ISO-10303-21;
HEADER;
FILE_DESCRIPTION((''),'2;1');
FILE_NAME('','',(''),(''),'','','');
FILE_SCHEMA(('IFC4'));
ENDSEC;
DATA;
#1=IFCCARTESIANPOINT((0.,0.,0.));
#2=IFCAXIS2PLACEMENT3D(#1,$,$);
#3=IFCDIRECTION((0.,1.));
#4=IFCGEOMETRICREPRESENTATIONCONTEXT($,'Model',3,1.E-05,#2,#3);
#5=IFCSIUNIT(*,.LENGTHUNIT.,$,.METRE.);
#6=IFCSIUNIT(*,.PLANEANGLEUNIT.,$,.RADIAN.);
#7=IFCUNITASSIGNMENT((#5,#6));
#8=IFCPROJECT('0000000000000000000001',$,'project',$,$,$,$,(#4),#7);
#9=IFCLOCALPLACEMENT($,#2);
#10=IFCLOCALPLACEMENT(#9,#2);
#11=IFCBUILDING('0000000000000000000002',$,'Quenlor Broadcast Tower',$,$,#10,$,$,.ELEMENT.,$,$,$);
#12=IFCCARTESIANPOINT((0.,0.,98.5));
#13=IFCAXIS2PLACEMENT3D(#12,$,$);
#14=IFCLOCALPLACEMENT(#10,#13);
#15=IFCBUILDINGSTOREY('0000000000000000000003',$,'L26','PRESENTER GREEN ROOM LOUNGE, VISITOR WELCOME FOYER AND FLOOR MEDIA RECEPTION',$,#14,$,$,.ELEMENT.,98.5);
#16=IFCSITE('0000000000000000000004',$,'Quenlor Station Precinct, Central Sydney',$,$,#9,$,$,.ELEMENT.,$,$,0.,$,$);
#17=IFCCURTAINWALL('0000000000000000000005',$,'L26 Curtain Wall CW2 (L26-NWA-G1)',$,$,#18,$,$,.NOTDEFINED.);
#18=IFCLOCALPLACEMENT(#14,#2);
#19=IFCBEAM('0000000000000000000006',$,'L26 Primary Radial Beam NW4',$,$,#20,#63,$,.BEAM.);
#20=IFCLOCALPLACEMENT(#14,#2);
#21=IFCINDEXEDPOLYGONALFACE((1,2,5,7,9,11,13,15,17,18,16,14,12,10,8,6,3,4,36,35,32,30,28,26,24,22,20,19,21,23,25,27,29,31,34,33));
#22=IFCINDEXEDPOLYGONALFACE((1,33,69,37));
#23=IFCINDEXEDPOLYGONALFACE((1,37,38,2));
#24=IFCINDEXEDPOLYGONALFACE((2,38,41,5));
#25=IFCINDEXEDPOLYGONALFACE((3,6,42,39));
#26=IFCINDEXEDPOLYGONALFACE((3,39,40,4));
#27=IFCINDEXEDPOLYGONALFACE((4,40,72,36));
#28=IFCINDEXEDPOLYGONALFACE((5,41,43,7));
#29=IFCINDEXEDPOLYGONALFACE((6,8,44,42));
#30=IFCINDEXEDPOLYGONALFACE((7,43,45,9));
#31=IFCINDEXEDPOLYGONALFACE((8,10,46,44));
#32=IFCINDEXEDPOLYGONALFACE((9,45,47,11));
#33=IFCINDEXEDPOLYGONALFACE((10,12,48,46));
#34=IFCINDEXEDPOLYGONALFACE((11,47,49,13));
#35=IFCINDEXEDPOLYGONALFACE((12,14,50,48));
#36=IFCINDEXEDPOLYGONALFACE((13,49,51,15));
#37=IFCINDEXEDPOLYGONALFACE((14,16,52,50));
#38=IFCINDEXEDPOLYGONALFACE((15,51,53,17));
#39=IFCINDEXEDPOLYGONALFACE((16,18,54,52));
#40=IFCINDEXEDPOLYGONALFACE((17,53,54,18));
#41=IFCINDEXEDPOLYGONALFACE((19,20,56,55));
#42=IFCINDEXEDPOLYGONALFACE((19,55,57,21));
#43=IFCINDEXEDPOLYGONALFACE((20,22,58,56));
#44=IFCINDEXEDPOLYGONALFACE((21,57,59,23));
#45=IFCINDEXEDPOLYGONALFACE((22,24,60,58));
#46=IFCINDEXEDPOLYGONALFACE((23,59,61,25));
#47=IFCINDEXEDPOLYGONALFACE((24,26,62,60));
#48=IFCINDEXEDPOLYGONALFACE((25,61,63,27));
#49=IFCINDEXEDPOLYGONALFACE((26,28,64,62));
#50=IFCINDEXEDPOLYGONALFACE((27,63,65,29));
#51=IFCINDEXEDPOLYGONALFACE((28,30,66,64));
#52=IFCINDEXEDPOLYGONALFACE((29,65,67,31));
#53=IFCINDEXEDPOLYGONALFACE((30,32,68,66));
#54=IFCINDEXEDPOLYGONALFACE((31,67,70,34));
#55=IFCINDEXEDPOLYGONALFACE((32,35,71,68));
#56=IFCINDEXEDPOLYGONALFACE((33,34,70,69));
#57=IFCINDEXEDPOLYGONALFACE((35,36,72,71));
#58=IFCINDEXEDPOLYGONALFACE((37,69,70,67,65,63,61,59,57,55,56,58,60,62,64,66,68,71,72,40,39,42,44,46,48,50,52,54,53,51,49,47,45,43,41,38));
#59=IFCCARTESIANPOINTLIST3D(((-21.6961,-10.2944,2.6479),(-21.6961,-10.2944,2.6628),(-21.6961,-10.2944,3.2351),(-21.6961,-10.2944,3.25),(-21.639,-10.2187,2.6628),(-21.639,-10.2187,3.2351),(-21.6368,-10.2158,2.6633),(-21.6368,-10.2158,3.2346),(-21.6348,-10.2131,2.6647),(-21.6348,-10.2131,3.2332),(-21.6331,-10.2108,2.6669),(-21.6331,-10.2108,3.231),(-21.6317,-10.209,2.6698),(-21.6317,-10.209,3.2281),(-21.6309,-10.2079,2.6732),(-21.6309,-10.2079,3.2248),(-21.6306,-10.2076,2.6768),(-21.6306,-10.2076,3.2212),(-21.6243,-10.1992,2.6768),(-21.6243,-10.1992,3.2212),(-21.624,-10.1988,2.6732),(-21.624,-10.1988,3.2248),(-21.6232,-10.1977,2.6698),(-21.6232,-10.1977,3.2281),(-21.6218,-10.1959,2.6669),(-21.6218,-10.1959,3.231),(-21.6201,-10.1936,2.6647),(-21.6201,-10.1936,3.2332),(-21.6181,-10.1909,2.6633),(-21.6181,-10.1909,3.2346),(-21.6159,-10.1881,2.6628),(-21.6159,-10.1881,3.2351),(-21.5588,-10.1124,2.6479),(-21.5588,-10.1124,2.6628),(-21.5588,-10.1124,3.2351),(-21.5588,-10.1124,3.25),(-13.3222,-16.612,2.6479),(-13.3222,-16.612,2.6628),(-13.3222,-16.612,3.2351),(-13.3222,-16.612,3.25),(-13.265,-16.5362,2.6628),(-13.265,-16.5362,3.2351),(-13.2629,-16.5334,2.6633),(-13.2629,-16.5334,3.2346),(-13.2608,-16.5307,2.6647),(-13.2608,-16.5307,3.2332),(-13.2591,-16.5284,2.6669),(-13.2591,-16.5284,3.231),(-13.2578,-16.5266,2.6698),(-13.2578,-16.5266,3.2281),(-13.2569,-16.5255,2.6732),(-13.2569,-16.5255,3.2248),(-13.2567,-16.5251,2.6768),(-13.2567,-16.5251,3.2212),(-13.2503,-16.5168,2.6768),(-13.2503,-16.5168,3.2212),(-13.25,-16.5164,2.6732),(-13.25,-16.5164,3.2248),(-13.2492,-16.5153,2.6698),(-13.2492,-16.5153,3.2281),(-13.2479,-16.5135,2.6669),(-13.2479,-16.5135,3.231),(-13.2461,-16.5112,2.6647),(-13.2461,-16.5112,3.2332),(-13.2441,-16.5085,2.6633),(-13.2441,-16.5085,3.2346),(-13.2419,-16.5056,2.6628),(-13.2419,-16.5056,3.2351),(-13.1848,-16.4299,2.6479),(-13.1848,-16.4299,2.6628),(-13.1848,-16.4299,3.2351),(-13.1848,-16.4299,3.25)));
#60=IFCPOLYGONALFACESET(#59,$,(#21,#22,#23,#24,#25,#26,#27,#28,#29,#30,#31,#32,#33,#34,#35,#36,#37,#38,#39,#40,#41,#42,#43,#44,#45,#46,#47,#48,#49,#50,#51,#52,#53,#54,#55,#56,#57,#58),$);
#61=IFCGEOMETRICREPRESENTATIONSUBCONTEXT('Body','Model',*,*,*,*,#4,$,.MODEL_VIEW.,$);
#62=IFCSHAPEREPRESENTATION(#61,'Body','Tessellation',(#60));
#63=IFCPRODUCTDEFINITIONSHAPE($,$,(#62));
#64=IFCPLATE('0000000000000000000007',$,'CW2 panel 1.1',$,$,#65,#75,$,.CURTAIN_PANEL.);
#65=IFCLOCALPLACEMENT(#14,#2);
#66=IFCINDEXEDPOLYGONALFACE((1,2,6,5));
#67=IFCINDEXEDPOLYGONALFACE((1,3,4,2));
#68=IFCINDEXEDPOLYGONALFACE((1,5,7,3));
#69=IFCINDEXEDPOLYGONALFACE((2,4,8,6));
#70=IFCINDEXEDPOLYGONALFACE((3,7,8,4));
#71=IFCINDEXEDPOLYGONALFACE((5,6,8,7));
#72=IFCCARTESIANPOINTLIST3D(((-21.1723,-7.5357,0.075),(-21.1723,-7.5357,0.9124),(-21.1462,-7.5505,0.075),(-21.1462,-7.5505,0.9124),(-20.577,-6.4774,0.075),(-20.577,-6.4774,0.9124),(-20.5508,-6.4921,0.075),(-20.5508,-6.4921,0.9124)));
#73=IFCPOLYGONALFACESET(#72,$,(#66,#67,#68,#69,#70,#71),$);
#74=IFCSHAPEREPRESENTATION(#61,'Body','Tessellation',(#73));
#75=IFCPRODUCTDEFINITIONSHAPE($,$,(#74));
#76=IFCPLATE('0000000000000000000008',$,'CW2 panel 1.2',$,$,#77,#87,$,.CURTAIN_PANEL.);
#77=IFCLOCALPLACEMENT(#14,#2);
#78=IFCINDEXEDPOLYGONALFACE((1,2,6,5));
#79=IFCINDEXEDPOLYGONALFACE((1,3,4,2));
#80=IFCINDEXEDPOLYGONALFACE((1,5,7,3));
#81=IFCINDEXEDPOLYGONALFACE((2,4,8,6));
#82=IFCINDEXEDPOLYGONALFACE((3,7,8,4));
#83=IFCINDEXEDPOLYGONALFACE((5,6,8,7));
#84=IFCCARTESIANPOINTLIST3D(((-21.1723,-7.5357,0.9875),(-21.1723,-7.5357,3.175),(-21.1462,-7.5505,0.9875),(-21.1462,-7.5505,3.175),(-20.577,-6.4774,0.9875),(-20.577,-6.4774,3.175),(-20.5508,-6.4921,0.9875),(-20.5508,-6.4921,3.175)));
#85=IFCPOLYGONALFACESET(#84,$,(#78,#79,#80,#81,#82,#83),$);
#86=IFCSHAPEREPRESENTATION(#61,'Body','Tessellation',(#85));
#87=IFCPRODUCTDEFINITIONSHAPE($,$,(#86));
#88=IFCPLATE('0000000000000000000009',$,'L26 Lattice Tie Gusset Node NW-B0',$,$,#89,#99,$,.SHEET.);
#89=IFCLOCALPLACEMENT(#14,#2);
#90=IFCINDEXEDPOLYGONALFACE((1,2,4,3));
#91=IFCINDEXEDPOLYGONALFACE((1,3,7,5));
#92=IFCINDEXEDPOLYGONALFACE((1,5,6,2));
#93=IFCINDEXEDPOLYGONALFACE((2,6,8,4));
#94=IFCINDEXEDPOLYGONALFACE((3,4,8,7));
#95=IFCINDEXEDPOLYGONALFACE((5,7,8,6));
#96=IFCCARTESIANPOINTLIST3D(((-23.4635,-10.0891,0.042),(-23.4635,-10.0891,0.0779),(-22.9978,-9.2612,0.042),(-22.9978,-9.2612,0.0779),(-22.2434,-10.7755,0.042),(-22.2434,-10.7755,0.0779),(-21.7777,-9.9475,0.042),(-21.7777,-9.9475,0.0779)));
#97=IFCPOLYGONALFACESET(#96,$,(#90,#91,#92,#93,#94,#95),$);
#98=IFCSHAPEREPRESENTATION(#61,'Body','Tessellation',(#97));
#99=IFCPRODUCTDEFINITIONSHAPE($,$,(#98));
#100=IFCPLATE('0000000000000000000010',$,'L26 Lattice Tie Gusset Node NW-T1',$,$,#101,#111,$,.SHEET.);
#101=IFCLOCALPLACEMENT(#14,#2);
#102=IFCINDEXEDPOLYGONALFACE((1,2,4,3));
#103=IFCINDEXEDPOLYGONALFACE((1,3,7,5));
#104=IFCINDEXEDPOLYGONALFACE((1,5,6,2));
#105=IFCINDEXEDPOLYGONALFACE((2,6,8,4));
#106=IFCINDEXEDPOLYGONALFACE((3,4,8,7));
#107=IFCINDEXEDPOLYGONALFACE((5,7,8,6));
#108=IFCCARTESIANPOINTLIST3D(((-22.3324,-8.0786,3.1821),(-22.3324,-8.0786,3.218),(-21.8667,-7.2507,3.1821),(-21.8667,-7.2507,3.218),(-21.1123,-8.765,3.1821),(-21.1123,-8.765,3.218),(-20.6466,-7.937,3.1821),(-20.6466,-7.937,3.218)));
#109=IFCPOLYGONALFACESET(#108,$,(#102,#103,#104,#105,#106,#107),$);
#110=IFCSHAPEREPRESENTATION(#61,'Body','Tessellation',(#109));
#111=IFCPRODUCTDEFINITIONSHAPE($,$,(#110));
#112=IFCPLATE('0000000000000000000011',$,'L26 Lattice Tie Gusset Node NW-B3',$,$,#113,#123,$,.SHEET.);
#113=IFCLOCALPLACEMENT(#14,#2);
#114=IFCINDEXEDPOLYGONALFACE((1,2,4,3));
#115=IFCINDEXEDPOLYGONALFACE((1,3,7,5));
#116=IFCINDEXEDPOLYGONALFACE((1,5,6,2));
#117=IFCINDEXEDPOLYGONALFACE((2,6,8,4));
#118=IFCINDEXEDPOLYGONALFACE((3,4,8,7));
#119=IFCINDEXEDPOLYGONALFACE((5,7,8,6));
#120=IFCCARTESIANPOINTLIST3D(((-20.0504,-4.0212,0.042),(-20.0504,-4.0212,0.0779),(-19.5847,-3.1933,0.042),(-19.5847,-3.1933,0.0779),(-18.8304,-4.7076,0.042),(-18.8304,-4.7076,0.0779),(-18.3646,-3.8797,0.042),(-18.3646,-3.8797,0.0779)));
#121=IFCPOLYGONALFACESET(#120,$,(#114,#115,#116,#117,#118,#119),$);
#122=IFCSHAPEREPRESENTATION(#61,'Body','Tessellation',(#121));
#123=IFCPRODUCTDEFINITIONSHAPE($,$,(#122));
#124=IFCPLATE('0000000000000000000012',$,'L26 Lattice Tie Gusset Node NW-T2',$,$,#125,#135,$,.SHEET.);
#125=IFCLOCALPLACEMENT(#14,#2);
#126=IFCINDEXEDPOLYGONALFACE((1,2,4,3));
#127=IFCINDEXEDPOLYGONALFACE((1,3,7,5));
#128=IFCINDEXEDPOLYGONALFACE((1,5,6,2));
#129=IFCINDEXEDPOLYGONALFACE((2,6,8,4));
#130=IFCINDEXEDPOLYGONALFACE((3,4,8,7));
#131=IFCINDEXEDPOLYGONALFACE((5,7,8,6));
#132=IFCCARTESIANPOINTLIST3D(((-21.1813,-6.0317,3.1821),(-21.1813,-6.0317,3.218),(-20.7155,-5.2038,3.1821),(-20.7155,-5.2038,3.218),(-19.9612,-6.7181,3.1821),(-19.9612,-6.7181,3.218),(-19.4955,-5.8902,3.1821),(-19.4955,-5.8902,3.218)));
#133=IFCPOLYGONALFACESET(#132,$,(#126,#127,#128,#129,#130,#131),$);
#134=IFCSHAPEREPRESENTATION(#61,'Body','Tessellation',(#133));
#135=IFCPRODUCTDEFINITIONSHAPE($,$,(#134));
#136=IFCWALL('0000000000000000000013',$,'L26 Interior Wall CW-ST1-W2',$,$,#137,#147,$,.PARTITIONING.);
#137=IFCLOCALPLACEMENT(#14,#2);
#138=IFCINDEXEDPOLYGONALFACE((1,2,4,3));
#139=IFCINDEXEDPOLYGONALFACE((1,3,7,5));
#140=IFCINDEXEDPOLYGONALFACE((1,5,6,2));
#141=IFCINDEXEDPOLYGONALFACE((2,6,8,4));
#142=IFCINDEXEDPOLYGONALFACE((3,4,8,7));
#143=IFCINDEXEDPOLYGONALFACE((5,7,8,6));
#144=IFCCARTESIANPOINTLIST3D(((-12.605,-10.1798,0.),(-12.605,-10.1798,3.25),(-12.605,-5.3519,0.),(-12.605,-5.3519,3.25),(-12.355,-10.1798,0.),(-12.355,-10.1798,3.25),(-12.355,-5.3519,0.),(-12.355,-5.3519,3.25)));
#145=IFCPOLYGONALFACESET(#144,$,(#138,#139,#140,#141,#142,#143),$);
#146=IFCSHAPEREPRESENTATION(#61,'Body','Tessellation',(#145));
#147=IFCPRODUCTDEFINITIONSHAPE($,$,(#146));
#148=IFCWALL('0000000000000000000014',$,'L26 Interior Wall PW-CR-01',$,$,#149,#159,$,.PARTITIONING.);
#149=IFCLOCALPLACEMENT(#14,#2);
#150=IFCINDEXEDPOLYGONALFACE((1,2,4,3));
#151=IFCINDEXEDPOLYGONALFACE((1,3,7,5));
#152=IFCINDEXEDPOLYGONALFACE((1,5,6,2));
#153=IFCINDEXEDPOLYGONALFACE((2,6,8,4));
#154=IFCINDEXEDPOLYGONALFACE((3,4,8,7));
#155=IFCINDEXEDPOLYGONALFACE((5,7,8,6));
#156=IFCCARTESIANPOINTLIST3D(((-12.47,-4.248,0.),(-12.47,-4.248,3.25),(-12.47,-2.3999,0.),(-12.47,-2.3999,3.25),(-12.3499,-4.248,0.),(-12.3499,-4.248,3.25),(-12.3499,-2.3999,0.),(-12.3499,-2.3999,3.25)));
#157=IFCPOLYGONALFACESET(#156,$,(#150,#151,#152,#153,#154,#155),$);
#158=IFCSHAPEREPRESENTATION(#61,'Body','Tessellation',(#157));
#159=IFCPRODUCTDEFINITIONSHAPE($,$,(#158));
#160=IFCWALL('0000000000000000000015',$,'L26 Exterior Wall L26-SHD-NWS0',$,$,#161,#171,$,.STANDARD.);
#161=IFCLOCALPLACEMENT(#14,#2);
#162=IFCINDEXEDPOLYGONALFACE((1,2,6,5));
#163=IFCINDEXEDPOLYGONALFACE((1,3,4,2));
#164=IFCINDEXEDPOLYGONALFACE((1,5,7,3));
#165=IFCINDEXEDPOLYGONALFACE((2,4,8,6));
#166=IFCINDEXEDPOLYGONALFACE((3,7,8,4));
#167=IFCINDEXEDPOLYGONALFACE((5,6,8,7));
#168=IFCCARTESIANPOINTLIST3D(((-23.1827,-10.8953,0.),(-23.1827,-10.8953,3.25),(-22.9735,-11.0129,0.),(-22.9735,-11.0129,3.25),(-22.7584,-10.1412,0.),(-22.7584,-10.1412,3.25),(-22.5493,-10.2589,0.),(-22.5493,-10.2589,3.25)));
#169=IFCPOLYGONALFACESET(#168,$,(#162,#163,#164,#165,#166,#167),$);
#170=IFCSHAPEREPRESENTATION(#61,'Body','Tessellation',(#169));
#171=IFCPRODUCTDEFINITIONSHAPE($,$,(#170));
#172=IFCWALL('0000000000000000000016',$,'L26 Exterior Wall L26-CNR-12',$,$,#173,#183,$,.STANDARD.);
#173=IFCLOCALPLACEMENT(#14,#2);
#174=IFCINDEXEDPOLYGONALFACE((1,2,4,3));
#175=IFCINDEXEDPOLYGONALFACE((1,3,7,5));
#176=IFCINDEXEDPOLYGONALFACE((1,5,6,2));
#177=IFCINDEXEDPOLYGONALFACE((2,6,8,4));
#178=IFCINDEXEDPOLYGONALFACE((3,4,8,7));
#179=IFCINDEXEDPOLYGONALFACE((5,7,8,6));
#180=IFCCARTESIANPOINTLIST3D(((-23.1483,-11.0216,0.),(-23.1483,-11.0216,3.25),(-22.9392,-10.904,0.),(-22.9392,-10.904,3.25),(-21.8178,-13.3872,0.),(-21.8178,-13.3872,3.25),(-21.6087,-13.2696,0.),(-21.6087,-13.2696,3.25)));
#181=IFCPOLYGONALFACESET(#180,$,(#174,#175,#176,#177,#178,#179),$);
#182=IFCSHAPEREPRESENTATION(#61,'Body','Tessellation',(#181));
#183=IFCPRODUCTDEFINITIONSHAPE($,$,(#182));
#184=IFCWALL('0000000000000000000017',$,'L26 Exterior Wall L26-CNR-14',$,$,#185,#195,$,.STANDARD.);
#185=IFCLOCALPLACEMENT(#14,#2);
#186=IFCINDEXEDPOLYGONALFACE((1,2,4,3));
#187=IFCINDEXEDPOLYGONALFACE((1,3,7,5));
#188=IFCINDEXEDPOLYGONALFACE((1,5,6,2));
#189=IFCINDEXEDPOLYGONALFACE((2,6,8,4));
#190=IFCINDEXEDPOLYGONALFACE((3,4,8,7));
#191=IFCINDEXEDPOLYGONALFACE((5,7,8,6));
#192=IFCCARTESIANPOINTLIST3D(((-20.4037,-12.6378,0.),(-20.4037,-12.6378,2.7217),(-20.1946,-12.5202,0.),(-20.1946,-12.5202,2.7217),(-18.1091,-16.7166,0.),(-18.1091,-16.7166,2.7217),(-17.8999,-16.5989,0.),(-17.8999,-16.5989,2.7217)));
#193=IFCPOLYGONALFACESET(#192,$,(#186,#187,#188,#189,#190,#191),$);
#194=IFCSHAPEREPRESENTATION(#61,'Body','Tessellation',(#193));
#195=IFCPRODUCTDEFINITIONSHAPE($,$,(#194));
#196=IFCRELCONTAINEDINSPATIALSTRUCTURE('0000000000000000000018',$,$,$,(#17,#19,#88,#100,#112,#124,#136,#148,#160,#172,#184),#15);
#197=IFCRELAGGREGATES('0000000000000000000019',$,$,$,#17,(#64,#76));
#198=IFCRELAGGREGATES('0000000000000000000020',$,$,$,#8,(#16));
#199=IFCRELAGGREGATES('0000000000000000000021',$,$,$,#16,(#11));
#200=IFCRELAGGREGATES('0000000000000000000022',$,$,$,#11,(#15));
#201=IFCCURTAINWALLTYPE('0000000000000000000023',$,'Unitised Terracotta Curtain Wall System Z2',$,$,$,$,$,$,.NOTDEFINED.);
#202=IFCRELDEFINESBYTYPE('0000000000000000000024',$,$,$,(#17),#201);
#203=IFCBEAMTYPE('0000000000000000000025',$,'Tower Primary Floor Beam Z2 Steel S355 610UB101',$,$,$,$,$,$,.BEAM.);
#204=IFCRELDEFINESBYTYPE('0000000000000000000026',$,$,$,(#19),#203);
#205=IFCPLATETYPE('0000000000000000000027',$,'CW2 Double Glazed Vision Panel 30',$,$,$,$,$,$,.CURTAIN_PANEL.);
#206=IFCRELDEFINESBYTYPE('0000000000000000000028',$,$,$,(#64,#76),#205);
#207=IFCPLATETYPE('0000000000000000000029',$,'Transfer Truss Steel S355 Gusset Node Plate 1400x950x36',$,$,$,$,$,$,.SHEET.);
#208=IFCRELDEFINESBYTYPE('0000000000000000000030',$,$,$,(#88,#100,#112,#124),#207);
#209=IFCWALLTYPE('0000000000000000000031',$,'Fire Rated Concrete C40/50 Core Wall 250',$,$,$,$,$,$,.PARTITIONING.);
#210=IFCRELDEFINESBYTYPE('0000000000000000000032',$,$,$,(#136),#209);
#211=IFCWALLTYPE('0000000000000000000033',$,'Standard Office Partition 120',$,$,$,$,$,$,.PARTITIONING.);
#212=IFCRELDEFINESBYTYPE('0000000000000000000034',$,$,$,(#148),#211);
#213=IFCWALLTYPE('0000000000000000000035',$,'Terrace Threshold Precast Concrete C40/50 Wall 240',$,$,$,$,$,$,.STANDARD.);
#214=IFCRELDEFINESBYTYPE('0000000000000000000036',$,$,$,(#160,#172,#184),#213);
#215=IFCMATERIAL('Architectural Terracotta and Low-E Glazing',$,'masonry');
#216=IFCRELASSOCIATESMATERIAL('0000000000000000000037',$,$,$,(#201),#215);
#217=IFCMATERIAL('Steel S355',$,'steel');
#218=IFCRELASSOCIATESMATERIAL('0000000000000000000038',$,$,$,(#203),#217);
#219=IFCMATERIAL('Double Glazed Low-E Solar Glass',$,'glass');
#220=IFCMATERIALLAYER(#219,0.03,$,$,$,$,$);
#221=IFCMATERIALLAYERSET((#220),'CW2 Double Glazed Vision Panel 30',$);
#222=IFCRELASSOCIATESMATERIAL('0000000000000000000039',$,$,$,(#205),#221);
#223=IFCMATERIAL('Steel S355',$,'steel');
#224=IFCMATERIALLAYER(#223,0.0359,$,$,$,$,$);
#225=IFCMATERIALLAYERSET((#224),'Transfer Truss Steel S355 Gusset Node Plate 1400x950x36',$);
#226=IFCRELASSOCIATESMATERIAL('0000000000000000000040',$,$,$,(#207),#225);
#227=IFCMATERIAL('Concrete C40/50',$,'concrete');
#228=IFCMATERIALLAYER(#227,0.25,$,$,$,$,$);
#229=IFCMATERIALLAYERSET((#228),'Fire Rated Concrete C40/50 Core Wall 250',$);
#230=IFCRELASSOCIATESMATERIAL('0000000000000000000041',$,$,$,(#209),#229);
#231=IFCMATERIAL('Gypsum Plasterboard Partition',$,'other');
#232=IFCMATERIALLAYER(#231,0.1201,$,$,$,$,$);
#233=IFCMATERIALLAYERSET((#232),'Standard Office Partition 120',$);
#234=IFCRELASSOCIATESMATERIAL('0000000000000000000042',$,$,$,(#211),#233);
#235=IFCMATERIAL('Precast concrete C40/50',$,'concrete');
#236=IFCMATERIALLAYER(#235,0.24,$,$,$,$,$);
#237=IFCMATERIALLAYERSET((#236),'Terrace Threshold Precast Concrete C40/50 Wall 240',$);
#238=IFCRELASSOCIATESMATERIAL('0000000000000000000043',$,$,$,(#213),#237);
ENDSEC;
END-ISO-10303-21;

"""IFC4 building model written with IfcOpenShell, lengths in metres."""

from ifc_helpers import new_model, si_unit, direction, frame, frame_2d, origin, origin_2d, place, context, subcontext, project, spatial, rectangle, i_section, extrude, material, layer, layer_set, material_profile, profile_set, type_object, element, aggregate, save


model = new_model("IFC4")

# Units and contexts
model_context = context("Model", 3, precision=1e-05, world=origin(), true_north=direction((0.0, 1.0)))
body_context = subcontext(model_context, "Body", "Model", "MODEL_VIEW")
ifc_project = project(units=[si_unit("LENGTHUNIT", "METRE"), si_unit("PLANEANGLEUNIT", "RADIAN")], contexts=[model_context])

# Site, building, storey
site_placement = place(None, origin())
site = spatial("IfcSite", under=ifc_project, at=site_placement, Name="Quenlor Station Precinct, Central Sydney", CompositionType="ELEMENT", RefElevation=0.0)
building_placement = place(site_placement, origin())
building = spatial("IfcBuilding", under=site, at=building_placement, Name="Quenlor Broadcast Tower", CompositionType="ELEMENT")
storey_placement = place(building_placement, frame((0.0, 0.0, 98.5)))
storey = spatial("IfcBuildingStorey", under=building, at=storey_placement, Name="L26", Description="PRESENTER GREEN ROOM LOUNGE, VISITOR WELCOME FOYER AND FLOOR MEDIA RECEPTION", CompositionType="ELEMENT", Elevation=98.5)

# Curtain wall
ifc_material_1 = material(Name="Architectural Terracotta and Low-E Glazing", Category="masonry")
curtain_wall_type = type_object("IfcCurtainWallType", Name="Unitised Terracotta Curtain Wall System Z2", PredefinedType="NOTDEFINED", material=ifc_material_1)
curtain_wall_placement = place(storey_placement, origin())
curtain_wall = element("IfcCurtainWall", 1, at=curtain_wall_placement, inside=storey, type_object=curtain_wall_type, Name="L26 Curtain Wall CW2 (L26-NWA-G1)", PredefinedType="NOTDEFINED")

# Beam
ifc_material_2 = material(Name="Steel S355", Category="steel")
ifc_material_profile_1 = material_profile(ifc_material_2, i_section(OverallWidth=0.228, OverallDepth=0.6021, WebThickness=0.0105, FlangeThickness=0.0149, FilletRadius=0.0139, at=origin_2d()))
ifc_profile_set_1 = profile_set([ifc_material_profile_1], Name="Steel S355 610UB101")
beam_type_1 = type_object("IfcBeamType", Name="Tower Primary Floor Beam Z2 Steel S355 610UB101", PredefinedType="BEAM", material=ifc_profile_set_1)
beam_1_placement = place(storey_placement, frame((-21.6274, -10.2034, 2.949), z_axis=(0.798299, -0.602262, 0.0), x_axis=(0.602262, 0.798299, 0.0)))
element("IfcBeam", 2, at=beam_1_placement, inside=storey, type_object=beam_type_1, Name="L26 Primary Radial Beam NW4", PredefinedType="BEAM", context=body_context, shape_type="SweptSolid", body=[
    extrude(i_section(OverallWidth=0.228, OverallDepth=0.6021, WebThickness=0.0105, FlangeThickness=0.0149, FilletRadius=0.0139, at=origin_2d()), origin(), (0.0, 0.0, 1.0), 10.4897),
])

# Plates
ifc_material_3 = material(Name="Double Glazed Low-E Solar Glass", Category="glass")
ifc_layer_1 = layer(ifc_material_3, 0.03)
ifc_layer_set_1 = layer_set([ifc_layer_1], Name="CW2 Double Glazed Vision Panel 30")
plate_type_1 = type_object("IfcPlateType", Name="CW2 Double Glazed Vision Panel 30", PredefinedType="CURTAIN_PANEL", material=ifc_layer_set_1)
plate_1_placement = place(storey_placement, frame((-20.8616, -7.0139, 0.075), z_axis=(0.0, 0.0, 1.0), x_axis=(0.490279, 0.871566, 0.0)))
plate_1 = element("IfcPlate", 3, at=plate_1_placement, type_object=plate_type_1, Name="CW2 panel 1.1", PredefinedType="CURTAIN_PANEL", context=body_context, shape_type="SweptSolid", body=[
    extrude(rectangle(XDim=1.2144, YDim=0.03, at=origin_2d()), origin(), (0.0, 0.0, 1.0), 0.8374),
])
plate_2_placement = place(storey_placement, frame((-20.8616, -7.0139, 0.9875), z_axis=(0.0, 0.0, 1.0), x_axis=(0.490279, 0.871566, 0.0)))
plate_2 = element("IfcPlate", 4, at=plate_2_placement, type_object=plate_type_1, Name="CW2 panel 1.2", PredefinedType="CURTAIN_PANEL", context=body_context, shape_type="SweptSolid", body=[
    extrude(rectangle(XDim=1.2144, YDim=0.03, at=origin_2d()), origin(), (0.0, 0.0, 1.0), 2.1875),
])
aggregate(curtain_wall, [plate_1, plate_2])

# Plates
ifc_material_4 = material(Name="Steel S355", Category="steel")
ifc_layer_2 = layer(ifc_material_4, 0.0359)
ifc_layer_set_2 = layer_set([ifc_layer_2], Name="Transfer Truss Steel S355 Gusset Node Plate 1400x950x36")
plate_type_2 = type_object("IfcPlateType", Name="Transfer Truss Steel S355 Gusset Node Plate 1400x950x36", PredefinedType="SHEET", material=ifc_layer_set_2)
for number, where, z_axis, x_axis, name in (
    (5, (-22.6206, -10.0183, 0.042), (0.0, 0.0, 1.0), (-0.871556, 0.490295, 0.0), "L26 Lattice Tie Gusset Node NW-B0"),
    (6, (-21.4895, -8.0078, 3.1821), (0.0, 0.0, 1.0), (-0.871556, 0.490295, 0.0), "L26 Lattice Tie Gusset Node NW-T1"),
    (7, (-19.2075, -3.9504, 0.042), (0.0, 0.0, 1.0), (-0.871556, 0.490295, 0.0), "L26 Lattice Tie Gusset Node NW-B3"),
    (8, (-20.3384, -5.9609, 3.1821), (0.0, 0.0, 1.0), (-0.871556, 0.490295, 0.0), "L26 Lattice Tie Gusset Node NW-T2"),
):
    element("IfcPlate", number, at=place(storey_placement, frame(where, z_axis=z_axis, x_axis=x_axis)), inside=storey, type_object=plate_type_2, Name=name, PredefinedType="SHEET", context=body_context, shape_type="SweptSolid", body=[
        extrude(rectangle(XDim=1.3999, YDim=0.95, at=origin_2d()), origin(), (0.0, 0.0, 1.0), 0.0359),
    ])

# Walls
ifc_material_5 = material(Name="Concrete C40/50", Category="concrete")
ifc_layer_3 = layer(ifc_material_5, 0.25)
ifc_layer_set_3 = layer_set([ifc_layer_3], Name="Fire Rated Concrete C40/50 Core Wall 250")
wall_type_1 = type_object("IfcWallType", Name="Fire Rated Concrete C40/50 Core Wall 250", PredefinedType="PARTITIONING", material=ifc_layer_set_3)
wall_1_placement = place(storey_placement, frame((-12.48, -10.1799, 0.0), z_axis=(0.0, 0.0, 1.0), x_axis=(0.0, 1.0, 0.0)))
element("IfcWall", 9, at=wall_1_placement, inside=storey, type_object=wall_type_1, Name="L26 Interior Wall CW-ST1-W2", PredefinedType="PARTITIONING", context=body_context, shape_type="SweptSolid", body=[
    extrude(rectangle(XDim=4.8279, YDim=0.25, at=frame_2d((2.4141, 0.0))), origin(), (0.0, 0.0, 1.0), 3.25),
])
ifc_material_6 = material(Name="Gypsum Plasterboard Partition", Category="other")
ifc_layer_4 = layer(ifc_material_6, 0.1201)
ifc_layer_set_4 = layer_set([ifc_layer_4], Name="Standard Office Partition 120")
wall_type_2 = type_object("IfcWallType", Name="Standard Office Partition 120", PredefinedType="PARTITIONING", material=ifc_layer_set_4)
wall_2_placement = place(storey_placement, frame((-12.4099, -4.248, 0.0), z_axis=(0.0, 0.0, 1.0), x_axis=(0.0, 1.0, 0.0)))
element("IfcWall", 10, at=wall_2_placement, inside=storey, type_object=wall_type_2, Name="L26 Interior Wall PW-CR-01", PredefinedType="PARTITIONING", context=body_context, shape_type="SweptSolid", body=[
    extrude(rectangle(XDim=1.8481, YDim=0.1201, at=frame_2d((0.9241, 0.0))), origin(), (0.0, 0.0, 1.0), 3.25),
])
ifc_material_7 = material(Name="Precast concrete C40/50", Category="concrete")
ifc_layer_5 = layer(ifc_material_7, 0.24)
ifc_layer_set_5 = layer_set([ifc_layer_5], Name="Terrace Threshold Precast Concrete C40/50 Wall 240")
wall_type_3 = type_object("IfcWallType", Name="Terrace Threshold Precast Concrete C40/50 Wall 240", PredefinedType="STANDARD", material=ifc_layer_set_5)
wall_3_placement = place(storey_placement, frame((-23.0781, -10.9541, 0.0), z_axis=(0.0, 0.0, 1.0), x_axis=(0.490355, 0.871523, 0.0)))
element("IfcWall", 11, at=wall_3_placement, inside=storey, type_object=wall_type_3, Name="L26 Exterior Wall L26-SHD-NWS0", PredefinedType="STANDARD", context=body_context, shape_type="SweptSolid", body=[
    extrude(rectangle(XDim=0.8652, YDim=0.24, at=frame_2d((0.4326, 0.0))), origin(), (0.0, 0.0, 1.0), 3.25),
])
wall_4_placement = place(storey_placement, frame((-23.0437, -10.9629, 0.0), z_axis=(0.0, 0.0, 1.0), x_axis=(0.490219, -0.8716, 0.0)))
element("IfcWall", 12, at=wall_4_placement, inside=storey, type_object=wall_type_3, Name="L26 Exterior Wall L26-CNR-12", PredefinedType="STANDARD", context=body_context, shape_type="SweptSolid", body=[
    extrude(rectangle(XDim=2.7141, YDim=0.24, at=frame_2d((1.3569, 0.0))), origin(), (0.0, 0.0, 1.0), 3.25),
])
wall_5_placement = place(storey_placement, frame((-20.2991, -12.5791, 0.0), z_axis=(0.0, 0.0, 1.0), x_axis=(0.490313, -0.871546, 0.0)))
element("IfcWall", 13, at=wall_5_placement, inside=storey, type_object=wall_type_3, Name="L26 Exterior Wall L26-CNR-14", PredefinedType="STANDARD", context=body_context, shape_type="SweptSolid", body=[
    extrude(rectangle(XDim=4.6799, YDim=0.24, at=frame_2d((2.3398, 0.0))), origin(), (0.0, 0.0, 1.0), 2.7217),
])

save(model, "model.ifc")
